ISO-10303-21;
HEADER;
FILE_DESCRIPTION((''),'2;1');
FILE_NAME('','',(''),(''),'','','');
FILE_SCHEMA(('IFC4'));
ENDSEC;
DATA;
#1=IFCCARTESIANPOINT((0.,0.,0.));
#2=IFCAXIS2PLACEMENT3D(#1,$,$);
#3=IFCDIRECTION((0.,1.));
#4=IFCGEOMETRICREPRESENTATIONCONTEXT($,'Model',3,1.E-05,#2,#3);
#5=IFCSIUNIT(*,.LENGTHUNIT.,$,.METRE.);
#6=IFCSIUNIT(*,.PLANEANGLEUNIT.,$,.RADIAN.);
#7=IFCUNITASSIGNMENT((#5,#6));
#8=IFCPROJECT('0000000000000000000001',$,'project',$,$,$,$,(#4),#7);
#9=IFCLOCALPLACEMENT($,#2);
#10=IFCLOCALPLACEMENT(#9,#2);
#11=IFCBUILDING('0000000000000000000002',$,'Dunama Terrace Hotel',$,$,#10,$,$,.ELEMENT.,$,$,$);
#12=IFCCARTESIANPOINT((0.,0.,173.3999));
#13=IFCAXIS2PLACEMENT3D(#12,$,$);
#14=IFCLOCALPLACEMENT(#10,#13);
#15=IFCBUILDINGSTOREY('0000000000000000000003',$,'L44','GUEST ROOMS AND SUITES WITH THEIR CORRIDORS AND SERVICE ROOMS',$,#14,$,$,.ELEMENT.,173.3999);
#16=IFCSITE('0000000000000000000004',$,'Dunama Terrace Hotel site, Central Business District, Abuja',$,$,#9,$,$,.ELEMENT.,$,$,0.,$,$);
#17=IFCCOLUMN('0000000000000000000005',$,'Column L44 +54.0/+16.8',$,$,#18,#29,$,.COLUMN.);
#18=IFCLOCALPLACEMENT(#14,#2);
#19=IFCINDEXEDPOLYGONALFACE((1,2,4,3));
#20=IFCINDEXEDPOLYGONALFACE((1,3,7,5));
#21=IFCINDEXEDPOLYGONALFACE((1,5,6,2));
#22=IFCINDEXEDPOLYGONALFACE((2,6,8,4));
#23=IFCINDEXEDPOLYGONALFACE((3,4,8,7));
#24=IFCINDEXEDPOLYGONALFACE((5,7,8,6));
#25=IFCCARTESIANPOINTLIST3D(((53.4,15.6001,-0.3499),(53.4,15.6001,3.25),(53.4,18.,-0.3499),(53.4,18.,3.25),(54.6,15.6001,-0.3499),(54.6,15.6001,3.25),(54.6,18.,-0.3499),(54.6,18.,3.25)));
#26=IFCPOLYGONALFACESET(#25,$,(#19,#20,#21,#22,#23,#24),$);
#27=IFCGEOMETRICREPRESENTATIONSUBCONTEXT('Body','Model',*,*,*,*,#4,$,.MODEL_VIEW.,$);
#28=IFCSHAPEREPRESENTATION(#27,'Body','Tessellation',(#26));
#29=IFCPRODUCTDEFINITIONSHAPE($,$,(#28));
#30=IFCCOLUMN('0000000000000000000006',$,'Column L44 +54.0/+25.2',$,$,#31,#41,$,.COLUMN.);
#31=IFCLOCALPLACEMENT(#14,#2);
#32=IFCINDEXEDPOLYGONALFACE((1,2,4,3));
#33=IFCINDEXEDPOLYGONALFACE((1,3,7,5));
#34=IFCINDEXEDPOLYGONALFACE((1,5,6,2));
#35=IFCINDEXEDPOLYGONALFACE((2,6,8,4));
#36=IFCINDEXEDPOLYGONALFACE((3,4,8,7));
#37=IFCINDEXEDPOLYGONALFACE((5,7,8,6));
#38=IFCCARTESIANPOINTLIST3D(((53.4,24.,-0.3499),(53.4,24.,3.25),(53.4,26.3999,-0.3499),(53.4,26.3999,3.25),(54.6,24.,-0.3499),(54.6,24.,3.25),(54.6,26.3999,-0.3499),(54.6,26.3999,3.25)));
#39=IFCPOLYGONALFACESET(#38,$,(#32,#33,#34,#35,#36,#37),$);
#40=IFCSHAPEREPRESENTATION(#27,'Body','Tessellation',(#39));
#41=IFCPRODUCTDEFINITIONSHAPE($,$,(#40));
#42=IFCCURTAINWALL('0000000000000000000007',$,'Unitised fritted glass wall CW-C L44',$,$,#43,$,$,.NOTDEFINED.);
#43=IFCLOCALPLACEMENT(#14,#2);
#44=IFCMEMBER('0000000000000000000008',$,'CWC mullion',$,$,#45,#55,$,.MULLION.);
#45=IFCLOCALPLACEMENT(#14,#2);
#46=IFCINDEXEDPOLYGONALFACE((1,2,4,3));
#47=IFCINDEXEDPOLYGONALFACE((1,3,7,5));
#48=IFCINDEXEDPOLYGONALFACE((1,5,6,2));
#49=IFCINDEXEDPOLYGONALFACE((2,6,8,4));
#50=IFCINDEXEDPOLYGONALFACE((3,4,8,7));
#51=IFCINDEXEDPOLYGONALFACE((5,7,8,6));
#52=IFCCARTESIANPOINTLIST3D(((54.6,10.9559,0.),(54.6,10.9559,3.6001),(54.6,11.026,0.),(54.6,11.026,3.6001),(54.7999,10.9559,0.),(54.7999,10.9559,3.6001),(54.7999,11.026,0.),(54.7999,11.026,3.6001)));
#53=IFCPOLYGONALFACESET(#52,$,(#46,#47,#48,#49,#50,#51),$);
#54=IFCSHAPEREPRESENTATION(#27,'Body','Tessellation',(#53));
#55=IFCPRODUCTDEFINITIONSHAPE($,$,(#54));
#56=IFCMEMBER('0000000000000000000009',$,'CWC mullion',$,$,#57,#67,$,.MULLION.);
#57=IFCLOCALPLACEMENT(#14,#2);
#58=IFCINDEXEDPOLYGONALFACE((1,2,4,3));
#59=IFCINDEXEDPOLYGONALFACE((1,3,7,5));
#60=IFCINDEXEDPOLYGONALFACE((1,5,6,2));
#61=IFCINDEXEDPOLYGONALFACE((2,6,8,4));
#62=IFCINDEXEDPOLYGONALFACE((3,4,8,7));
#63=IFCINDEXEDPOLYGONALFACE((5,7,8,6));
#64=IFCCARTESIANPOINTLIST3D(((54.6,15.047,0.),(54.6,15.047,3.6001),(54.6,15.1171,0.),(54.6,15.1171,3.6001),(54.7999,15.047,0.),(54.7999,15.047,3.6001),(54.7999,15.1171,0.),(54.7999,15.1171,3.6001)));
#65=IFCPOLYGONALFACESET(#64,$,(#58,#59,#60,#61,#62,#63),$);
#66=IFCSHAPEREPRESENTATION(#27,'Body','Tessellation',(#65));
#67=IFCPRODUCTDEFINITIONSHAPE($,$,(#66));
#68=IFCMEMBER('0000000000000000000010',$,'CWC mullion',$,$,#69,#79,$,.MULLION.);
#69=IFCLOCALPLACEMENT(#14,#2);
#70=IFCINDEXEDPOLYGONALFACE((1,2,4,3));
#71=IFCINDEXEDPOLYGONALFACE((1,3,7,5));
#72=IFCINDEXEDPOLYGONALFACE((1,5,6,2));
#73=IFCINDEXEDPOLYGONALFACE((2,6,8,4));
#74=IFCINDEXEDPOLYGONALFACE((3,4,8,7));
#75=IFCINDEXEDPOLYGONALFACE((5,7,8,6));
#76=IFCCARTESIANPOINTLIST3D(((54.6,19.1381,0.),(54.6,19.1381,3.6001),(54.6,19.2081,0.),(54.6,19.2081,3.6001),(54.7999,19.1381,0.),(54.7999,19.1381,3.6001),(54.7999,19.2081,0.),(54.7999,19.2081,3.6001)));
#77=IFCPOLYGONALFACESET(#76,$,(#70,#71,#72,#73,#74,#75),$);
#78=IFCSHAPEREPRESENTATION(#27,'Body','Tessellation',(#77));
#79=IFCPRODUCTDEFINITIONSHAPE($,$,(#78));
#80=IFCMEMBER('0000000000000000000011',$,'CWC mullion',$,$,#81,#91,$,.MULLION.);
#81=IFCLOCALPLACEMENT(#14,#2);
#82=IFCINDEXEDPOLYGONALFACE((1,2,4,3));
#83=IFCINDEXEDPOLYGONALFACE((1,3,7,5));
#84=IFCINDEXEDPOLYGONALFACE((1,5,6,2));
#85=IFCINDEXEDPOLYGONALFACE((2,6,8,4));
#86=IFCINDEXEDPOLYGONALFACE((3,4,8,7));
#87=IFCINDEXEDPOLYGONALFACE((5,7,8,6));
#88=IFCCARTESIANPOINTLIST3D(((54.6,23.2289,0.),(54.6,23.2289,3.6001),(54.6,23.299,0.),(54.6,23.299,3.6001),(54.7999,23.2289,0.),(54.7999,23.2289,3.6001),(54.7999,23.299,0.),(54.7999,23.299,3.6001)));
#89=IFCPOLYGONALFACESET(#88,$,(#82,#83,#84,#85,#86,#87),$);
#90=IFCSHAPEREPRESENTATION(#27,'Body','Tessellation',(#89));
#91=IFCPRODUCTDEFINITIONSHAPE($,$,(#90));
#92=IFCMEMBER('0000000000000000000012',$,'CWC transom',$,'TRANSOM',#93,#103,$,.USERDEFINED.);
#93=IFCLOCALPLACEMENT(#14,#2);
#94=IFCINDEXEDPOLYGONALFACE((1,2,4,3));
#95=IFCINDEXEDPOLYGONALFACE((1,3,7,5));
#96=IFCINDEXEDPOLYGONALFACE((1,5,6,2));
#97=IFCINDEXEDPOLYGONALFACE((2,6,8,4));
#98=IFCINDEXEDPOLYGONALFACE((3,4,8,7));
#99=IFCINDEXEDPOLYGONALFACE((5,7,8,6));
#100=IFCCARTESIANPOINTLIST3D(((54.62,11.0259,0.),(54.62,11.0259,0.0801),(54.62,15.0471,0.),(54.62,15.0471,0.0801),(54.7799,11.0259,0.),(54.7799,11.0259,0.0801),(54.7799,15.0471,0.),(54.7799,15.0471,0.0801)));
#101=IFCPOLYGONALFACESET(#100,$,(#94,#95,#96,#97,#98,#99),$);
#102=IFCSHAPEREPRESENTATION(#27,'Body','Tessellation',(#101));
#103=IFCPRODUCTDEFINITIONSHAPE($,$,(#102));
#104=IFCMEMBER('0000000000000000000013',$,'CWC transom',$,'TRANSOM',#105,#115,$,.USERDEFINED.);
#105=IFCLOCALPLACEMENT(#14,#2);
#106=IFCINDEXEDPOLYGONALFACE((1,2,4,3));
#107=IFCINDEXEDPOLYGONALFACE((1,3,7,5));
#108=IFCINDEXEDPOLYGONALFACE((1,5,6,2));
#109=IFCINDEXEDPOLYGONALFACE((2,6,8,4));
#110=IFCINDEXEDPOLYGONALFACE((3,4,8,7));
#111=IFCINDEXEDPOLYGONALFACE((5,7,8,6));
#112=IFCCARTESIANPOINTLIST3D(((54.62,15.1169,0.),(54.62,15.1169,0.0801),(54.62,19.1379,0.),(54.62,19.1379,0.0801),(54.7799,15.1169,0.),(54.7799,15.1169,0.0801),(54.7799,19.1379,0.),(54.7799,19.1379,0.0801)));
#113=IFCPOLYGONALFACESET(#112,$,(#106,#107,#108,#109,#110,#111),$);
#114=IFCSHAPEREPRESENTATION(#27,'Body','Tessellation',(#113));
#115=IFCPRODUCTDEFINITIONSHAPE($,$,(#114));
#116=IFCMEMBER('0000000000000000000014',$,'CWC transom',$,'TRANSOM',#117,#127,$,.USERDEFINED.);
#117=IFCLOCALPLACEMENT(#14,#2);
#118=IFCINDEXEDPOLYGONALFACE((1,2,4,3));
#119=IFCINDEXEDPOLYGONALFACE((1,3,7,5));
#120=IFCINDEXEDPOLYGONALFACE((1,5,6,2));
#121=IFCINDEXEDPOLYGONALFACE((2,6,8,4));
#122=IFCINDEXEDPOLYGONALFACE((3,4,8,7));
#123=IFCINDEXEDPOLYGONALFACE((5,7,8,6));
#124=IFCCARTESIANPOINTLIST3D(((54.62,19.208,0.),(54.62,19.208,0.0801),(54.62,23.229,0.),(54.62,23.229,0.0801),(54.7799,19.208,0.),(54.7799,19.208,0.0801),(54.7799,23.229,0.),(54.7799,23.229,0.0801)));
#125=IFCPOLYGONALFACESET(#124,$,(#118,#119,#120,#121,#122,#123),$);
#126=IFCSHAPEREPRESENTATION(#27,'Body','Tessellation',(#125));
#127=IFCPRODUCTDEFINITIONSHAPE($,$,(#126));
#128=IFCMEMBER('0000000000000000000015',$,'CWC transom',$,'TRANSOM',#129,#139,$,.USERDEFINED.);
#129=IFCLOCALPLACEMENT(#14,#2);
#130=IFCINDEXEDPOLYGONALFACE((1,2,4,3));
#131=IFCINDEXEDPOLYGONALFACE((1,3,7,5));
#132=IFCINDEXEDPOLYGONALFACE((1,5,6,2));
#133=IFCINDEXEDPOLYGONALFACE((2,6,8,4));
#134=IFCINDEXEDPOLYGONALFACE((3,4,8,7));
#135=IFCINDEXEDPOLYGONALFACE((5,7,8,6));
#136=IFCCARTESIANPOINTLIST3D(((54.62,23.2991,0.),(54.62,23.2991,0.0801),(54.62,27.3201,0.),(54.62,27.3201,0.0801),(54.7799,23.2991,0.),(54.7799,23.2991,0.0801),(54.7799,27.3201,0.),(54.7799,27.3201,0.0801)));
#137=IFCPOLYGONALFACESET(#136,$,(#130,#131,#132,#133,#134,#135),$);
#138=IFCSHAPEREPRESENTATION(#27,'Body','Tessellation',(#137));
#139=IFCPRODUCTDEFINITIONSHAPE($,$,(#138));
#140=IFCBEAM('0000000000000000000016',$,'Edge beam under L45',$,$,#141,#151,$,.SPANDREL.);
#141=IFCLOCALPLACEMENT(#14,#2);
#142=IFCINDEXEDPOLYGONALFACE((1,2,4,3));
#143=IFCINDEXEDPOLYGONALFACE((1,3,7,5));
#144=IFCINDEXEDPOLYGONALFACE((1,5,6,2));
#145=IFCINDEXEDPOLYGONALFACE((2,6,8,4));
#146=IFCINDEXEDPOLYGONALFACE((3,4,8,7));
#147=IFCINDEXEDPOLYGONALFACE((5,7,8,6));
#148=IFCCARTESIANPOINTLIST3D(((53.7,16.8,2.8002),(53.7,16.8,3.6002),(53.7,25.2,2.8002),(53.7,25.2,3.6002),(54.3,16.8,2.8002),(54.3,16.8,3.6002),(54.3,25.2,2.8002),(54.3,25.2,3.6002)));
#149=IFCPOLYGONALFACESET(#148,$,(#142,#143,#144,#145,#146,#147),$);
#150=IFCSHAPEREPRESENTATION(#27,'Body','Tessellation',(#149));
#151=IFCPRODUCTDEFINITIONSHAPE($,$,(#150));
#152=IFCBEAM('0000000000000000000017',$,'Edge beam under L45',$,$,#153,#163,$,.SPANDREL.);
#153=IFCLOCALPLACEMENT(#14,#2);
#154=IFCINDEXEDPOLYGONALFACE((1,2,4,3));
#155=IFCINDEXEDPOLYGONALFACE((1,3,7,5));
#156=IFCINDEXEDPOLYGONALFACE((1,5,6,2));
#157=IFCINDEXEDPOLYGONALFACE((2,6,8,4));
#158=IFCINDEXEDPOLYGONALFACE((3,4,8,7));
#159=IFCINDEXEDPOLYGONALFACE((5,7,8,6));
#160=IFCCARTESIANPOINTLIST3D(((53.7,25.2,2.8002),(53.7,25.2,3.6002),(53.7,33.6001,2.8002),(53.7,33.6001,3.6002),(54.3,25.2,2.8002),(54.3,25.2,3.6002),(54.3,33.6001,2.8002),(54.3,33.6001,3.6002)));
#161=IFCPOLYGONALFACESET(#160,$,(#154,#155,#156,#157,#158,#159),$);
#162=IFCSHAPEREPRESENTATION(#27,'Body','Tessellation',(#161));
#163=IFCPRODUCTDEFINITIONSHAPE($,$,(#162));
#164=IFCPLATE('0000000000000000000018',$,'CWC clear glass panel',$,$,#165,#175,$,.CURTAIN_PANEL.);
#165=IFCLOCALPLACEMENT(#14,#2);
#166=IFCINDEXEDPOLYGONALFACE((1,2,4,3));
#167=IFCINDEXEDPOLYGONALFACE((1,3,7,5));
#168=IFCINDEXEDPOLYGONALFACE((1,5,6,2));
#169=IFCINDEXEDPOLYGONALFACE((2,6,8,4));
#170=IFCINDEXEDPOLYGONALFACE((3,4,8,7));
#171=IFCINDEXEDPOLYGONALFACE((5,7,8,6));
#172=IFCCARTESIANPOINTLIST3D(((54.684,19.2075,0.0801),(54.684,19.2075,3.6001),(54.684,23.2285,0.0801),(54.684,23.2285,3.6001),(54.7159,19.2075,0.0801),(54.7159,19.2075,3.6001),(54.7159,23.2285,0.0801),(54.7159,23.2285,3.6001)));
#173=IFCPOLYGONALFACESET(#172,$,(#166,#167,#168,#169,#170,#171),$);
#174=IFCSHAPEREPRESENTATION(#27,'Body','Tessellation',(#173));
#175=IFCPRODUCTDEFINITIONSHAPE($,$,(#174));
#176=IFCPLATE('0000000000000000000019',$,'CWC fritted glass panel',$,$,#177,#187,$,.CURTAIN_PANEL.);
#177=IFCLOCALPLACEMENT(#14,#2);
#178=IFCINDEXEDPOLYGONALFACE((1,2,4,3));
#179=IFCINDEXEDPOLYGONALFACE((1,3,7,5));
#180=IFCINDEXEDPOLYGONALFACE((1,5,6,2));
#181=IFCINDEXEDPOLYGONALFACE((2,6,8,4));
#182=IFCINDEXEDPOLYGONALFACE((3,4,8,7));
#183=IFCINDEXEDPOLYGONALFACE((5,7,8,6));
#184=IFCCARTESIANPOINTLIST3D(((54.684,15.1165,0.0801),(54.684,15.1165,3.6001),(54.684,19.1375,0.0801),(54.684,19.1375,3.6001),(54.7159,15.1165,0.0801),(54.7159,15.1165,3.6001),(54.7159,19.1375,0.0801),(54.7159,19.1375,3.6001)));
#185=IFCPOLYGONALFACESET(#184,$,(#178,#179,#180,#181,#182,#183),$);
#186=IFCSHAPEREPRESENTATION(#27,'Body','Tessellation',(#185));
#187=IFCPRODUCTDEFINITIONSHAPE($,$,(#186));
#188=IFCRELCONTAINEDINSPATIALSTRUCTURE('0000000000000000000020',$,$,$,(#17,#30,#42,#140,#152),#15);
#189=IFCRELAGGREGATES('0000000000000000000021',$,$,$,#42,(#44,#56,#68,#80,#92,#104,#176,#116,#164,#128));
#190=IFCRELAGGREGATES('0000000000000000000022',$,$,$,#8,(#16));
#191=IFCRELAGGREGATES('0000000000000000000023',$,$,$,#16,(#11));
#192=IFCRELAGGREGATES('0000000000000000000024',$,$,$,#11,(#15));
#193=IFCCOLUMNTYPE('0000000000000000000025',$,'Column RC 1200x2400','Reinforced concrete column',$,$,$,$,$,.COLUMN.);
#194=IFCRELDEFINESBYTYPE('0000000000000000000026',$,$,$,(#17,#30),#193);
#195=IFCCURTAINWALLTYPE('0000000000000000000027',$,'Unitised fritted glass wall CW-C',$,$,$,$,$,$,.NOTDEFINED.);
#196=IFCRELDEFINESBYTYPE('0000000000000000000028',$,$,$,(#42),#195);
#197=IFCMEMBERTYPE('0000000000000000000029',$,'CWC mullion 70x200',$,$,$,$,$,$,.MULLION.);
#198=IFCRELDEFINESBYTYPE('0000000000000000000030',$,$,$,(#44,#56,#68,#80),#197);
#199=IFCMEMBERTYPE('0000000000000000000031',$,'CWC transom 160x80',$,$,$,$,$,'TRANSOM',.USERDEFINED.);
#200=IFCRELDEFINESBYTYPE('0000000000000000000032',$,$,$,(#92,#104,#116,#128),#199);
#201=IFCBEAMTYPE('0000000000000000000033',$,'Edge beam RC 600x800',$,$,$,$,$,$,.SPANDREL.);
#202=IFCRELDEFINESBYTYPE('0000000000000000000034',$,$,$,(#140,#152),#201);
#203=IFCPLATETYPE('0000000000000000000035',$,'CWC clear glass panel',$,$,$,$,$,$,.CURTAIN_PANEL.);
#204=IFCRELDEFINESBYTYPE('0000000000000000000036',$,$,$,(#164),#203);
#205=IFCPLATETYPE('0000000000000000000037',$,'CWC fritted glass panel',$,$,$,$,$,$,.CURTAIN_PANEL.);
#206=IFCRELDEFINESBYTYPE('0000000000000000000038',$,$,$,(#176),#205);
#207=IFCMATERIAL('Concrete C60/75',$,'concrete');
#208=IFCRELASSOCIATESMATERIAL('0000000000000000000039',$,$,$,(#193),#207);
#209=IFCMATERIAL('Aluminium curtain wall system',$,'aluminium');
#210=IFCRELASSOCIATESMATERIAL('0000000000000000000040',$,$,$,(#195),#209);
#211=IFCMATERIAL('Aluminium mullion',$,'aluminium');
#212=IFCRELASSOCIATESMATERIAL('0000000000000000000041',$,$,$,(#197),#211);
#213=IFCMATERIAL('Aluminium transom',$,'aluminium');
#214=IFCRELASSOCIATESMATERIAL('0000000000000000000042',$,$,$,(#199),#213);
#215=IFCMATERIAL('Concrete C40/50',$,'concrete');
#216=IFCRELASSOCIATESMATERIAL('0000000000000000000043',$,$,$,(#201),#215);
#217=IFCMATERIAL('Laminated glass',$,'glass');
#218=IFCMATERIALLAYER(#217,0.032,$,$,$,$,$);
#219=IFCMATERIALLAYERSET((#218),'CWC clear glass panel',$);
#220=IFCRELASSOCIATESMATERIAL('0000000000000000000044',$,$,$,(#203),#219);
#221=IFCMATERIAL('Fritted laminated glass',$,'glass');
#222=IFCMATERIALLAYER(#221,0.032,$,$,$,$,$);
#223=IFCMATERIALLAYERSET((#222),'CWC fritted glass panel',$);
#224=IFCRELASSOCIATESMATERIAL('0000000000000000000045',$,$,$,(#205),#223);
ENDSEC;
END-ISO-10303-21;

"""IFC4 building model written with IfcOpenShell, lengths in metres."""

from ifc_helpers import new_model, si_unit, direction, frame, origin, origin_2d, place, context, subcontext, project, spatial, rectangle, extrude, material, layer, layer_set, material_profile, profile_set, type_object, element, aggregate, save


model = new_model("IFC4")

# Units and contexts
model_context = context("Model", 3, precision=1e-05, world=origin(), true_north=direction((0.0, 1.0)))
body_context = subcontext(model_context, "Body", "Model", "MODEL_VIEW")
ifc_project = project(units=[si_unit("LENGTHUNIT", "METRE"), si_unit("PLANEANGLEUNIT", "RADIAN")], contexts=[model_context])

# Site, building, storey
site_placement = place(None, origin())
site = spatial("IfcSite", under=ifc_project, at=site_placement, Name="Dunama Terrace Hotel site, Central Business District, Abuja", CompositionType="ELEMENT", RefElevation=0.0)
building_placement = place(site_placement, origin())
building = spatial("IfcBuilding", under=site, at=building_placement, Name="Dunama Terrace Hotel", CompositionType="ELEMENT")
storey_placement = place(building_placement, frame((0.0, 0.0, 173.3999)))
storey = spatial("IfcBuildingStorey", under=building, at=storey_placement, Name="L44", Description="GUEST ROOMS AND SUITES WITH THEIR CORRIDORS AND SERVICE ROOMS", CompositionType="ELEMENT", Elevation=173.3999)

# Columns
ifc_material_1 = material(Name="Concrete C60/75", Category="concrete")
ifc_material_profile_1 = material_profile(ifc_material_1, rectangle(XDim=1.2, YDim=2.3999, at=origin_2d()), Name="RC 1200x2400")
ifc_profile_set_1 = profile_set([ifc_material_profile_1], Name="Concrete C60/75")
column_type = type_object("IfcColumnType", Name="Column RC 1200x2400", Description="Reinforced concrete column", PredefinedType="COLUMN", material=ifc_profile_set_1)
for number, where, z_axis, x_axis, name in (
    (1, (54.0, 16.8, -0.3499), (0.0, 0.0, 1.0), (1.0, 0.0, 0.0), "Column L44 +54.0/+16.8"),
    (2, (54.0, 25.2, -0.3499), (0.0, 0.0, 1.0), (1.0, 0.0, 0.0), "Column L44 +54.0/+25.2"),
):
    element("IfcColumn", number, at=place(storey_placement, frame(where, z_axis=z_axis, x_axis=x_axis)), inside=storey, type_object=column_type, Name=name, PredefinedType="COLUMN", context=body_context, shape_type="SweptSolid", body=[
        extrude(rectangle(XDim=1.2, YDim=2.3999, at=origin_2d()), origin(), (0.0, 0.0, 1.0), 3.5999),
    ])

# Curtain wall, members
ifc_material_2 = material(Name="Aluminium curtain wall system", Category="aluminium")
curtain_wall_type = type_object("IfcCurtainWallType", Name="Unitised fritted glass wall CW-C", PredefinedType="NOTDEFINED", material=ifc_material_2)
curtain_wall_placement = place(storey_placement, origin())
curtain_wall = element("IfcCurtainWall", 3, at=curtain_wall_placement, inside=storey, type_object=curtain_wall_type, Name="Unitised fritted glass wall CW-C L44", PredefinedType="NOTDEFINED")
ifc_material_3 = material(Name="Aluminium mullion", Category="aluminium")
ifc_material_profile_2 = material_profile(ifc_material_3, rectangle(XDim=0.0701, YDim=0.2, at=origin_2d()), Name="CWC MULLION 70X200")
ifc_profile_set_2 = profile_set([ifc_material_profile_2], Name="Aluminium mullion")
member_type_1 = type_object("IfcMemberType", Name="CWC mullion 70x200", PredefinedType="MULLION", material=ifc_profile_set_2)
member_1_placement = place(storey_placement, frame((54.7, 10.991, 0.0), z_axis=(0.0, 0.0, 1.0), x_axis=(0.0, 1.0, 0.0)))
member_1 = element("IfcMember", 4, at=member_1_placement, type_object=member_type_1, Name="CWC mullion", PredefinedType="MULLION", context=body_context, shape_type="SweptSolid", body=[
    extrude(rectangle(XDim=0.0701, YDim=0.2, at=origin_2d()), origin(), (0.0, 0.0, 1.0), 3.6001),
])
member_2_placement = place(storey_placement, frame((54.7, 15.082, 0.0), z_axis=(0.0, 0.0, 1.0), x_axis=(0.0, 1.0, 0.0)))
member_2 = element("IfcMember", 5, at=member_2_placement, type_object=member_type_1, Name="CWC mullion", PredefinedType="MULLION", context=body_context, shape_type="SweptSolid", body=[
    extrude(rectangle(XDim=0.0701, YDim=0.2, at=origin_2d()), origin(), (0.0, 0.0, 1.0), 3.6001),
])
member_3_placement = place(storey_placement, frame((54.7, 19.1731, 0.0), z_axis=(0.0, 0.0, 1.0), x_axis=(0.0, 1.0, 0.0)))
member_3 = element("IfcMember", 6, at=member_3_placement, type_object=member_type_1, Name="CWC mullion", PredefinedType="MULLION", context=body_context, shape_type="SweptSolid", body=[
    extrude(rectangle(XDim=0.0701, YDim=0.2, at=origin_2d()), origin(), (0.0, 0.0, 1.0), 3.6001),
])
member_4_placement = place(storey_placement, frame((54.7, 23.2639, 0.0), z_axis=(0.0, 0.0, 1.0), x_axis=(0.0, 1.0, 0.0)))
member_4 = element("IfcMember", 7, at=member_4_placement, type_object=member_type_1, Name="CWC mullion", PredefinedType="MULLION", context=body_context, shape_type="SweptSolid", body=[
    extrude(rectangle(XDim=0.0701, YDim=0.2, at=origin_2d()), origin(), (0.0, 0.0, 1.0), 3.6001),
])
ifc_material_4 = material(Name="Aluminium transom", Category="aluminium")
ifc_material_profile_3 = material_profile(ifc_material_4, rectangle(XDim=0.1599, YDim=0.0801, at=origin_2d()), Name="CWC TRANSOM 160X80")
ifc_profile_set_3 = profile_set([ifc_material_profile_3], Name="Aluminium transom")
member_type_2 = type_object("IfcMemberType", Name="CWC transom 160x80", ElementType="TRANSOM", PredefinedType="USERDEFINED", material=ifc_profile_set_3)
member_5_placement = place(storey_placement, frame((54.7, 11.0259, 0.04), z_axis=(0.0, 1.0, 0.0), x_axis=(-1.0, 0.0, 0.0)))
member_5 = element("IfcMember", 8, at=member_5_placement, type_object=member_type_2, Name="CWC transom", ObjectType="TRANSOM", PredefinedType="USERDEFINED", context=body_context, shape_type="SweptSolid", body=[
    extrude(rectangle(XDim=0.1599, YDim=0.0801, at=origin_2d()), origin(), (0.0, 0.0, 1.0), 4.0212),
])
member_6_placement = place(storey_placement, frame((54.7, 15.1169, 0.04), z_axis=(0.0, 1.0, 0.0), x_axis=(-1.0, 0.0, 0.0)))
member_6 = element("IfcMember", 9, at=member_6_placement, type_object=member_type_2, Name="CWC transom", ObjectType="TRANSOM", PredefinedType="USERDEFINED", context=body_context, shape_type="SweptSolid", body=[
    extrude(rectangle(XDim=0.1599, YDim=0.0801, at=origin_2d()), origin(), (0.0, 0.0, 1.0), 4.021),
])
member_7_placement = place(storey_placement, frame((54.7, 19.208, 0.04), z_axis=(0.0, 1.0, 0.0), x_axis=(-1.0, 0.0, 0.0)))
member_7 = element("IfcMember", 10, at=member_7_placement, type_object=member_type_2, Name="CWC transom", ObjectType="TRANSOM", PredefinedType="USERDEFINED", context=body_context, shape_type="SweptSolid", body=[
    extrude(rectangle(XDim=0.1599, YDim=0.0801, at=origin_2d()), origin(), (0.0, 0.0, 1.0), 4.021),
])
member_8_placement = place(storey_placement, frame((54.7, 23.2991, 0.04), z_axis=(0.0, 1.0, 0.0), x_axis=(-1.0, 0.0, 0.0)))
member_8 = element("IfcMember", 11, at=member_8_placement, type_object=member_type_2, Name="CWC transom", ObjectType="TRANSOM", PredefinedType="USERDEFINED", context=body_context, shape_type="SweptSolid", body=[
    extrude(rectangle(XDim=0.1599, YDim=0.0801, at=origin_2d()), origin(), (0.0, 0.0, 1.0), 4.021),
])

# Beams
ifc_material_5 = material(Name="Concrete C40/50", Category="concrete")
ifc_material_profile_4 = material_profile(ifc_material_5, rectangle(XDim=0.6001, YDim=0.8, at=origin_2d()), Name="RC 600x800")
ifc_profile_set_4 = profile_set([ifc_material_profile_4], Name="Concrete C40/50")
beam_type = type_object("IfcBeamType", Name="Edge beam RC 600x800", PredefinedType="SPANDREL", material=ifc_profile_set_4)
beam_1_placement = place(storey_placement, frame((54.0, 16.8, 3.2002), z_axis=(0.0, 1.0, 0.0), x_axis=(-1.0, 0.0, 0.0)))
element("IfcBeam", 12, at=beam_1_placement, inside=storey, type_object=beam_type, Name="Edge beam under L45", PredefinedType="SPANDREL", context=body_context, shape_type="SweptSolid", body=[
    extrude(rectangle(XDim=0.6001, YDim=0.8, at=origin_2d()), origin(), (0.0, 0.0, 1.0), 8.3999),
])
beam_2_placement = place(storey_placement, frame((54.0, 25.2, 3.2002), z_axis=(0.0, 1.0, 0.0), x_axis=(-1.0, 0.0, 0.0)))
element("IfcBeam", 13, at=beam_2_placement, inside=storey, type_object=beam_type, Name="Edge beam under L45", PredefinedType="SPANDREL", context=body_context, shape_type="SweptSolid", body=[
    extrude(rectangle(XDim=0.6001, YDim=0.8, at=origin_2d()), origin(), (0.0, 0.0, 1.0), 8.4001),
])

# Plates
ifc_material_6 = material(Name="Laminated glass", Category="glass")
ifc_layer_1 = layer(ifc_material_6, 0.032)
ifc_layer_set_1 = layer_set([ifc_layer_1], Name="CWC clear glass panel")
plate_type_1 = type_object("IfcPlateType", Name="CWC clear glass panel", PredefinedType="CURTAIN_PANEL", material=ifc_layer_set_1)
plate_1_placement = place(storey_placement, frame((54.7, 21.218, 0.0801), z_axis=(0.0, 0.0, 1.0), x_axis=(0.0, 1.0, 0.0)))
plate_1 = element("IfcPlate", 14, at=plate_1_placement, type_object=plate_type_1, Name="CWC clear glass panel", PredefinedType="CURTAIN_PANEL", context=body_context, shape_type="SweptSolid", body=[
    extrude(rectangle(XDim=4.021, YDim=0.032, at=origin_2d()), origin(), (0.0, 0.0, 1.0), 3.52),
])
ifc_material_7 = material(Name="Fritted laminated glass", Category="glass")
ifc_layer_2 = layer(ifc_material_7, 0.032)
ifc_layer_set_2 = layer_set([ifc_layer_2], Name="CWC fritted glass panel")
plate_type_2 = type_object("IfcPlateType", Name="CWC fritted glass panel", PredefinedType="CURTAIN_PANEL", material=ifc_layer_set_2)
plate_2_placement = place(storey_placement, frame((54.7, 17.127, 0.0801), z_axis=(0.0, 0.0, 1.0), x_axis=(0.0, 1.0, 0.0)))
plate_2 = element("IfcPlate", 15, at=plate_2_placement, type_object=plate_type_2, Name="CWC fritted glass panel", PredefinedType="CURTAIN_PANEL", context=body_context, shape_type="SweptSolid", body=[
    extrude(rectangle(XDim=4.021, YDim=0.032, at=origin_2d()), origin(), (0.0, 0.0, 1.0), 3.52),
])
aggregate(curtain_wall, [member_1, member_2, member_3, member_4, member_5, member_6, plate_2, member_7, plate_1, member_8])

save(model, "model.ifc")
